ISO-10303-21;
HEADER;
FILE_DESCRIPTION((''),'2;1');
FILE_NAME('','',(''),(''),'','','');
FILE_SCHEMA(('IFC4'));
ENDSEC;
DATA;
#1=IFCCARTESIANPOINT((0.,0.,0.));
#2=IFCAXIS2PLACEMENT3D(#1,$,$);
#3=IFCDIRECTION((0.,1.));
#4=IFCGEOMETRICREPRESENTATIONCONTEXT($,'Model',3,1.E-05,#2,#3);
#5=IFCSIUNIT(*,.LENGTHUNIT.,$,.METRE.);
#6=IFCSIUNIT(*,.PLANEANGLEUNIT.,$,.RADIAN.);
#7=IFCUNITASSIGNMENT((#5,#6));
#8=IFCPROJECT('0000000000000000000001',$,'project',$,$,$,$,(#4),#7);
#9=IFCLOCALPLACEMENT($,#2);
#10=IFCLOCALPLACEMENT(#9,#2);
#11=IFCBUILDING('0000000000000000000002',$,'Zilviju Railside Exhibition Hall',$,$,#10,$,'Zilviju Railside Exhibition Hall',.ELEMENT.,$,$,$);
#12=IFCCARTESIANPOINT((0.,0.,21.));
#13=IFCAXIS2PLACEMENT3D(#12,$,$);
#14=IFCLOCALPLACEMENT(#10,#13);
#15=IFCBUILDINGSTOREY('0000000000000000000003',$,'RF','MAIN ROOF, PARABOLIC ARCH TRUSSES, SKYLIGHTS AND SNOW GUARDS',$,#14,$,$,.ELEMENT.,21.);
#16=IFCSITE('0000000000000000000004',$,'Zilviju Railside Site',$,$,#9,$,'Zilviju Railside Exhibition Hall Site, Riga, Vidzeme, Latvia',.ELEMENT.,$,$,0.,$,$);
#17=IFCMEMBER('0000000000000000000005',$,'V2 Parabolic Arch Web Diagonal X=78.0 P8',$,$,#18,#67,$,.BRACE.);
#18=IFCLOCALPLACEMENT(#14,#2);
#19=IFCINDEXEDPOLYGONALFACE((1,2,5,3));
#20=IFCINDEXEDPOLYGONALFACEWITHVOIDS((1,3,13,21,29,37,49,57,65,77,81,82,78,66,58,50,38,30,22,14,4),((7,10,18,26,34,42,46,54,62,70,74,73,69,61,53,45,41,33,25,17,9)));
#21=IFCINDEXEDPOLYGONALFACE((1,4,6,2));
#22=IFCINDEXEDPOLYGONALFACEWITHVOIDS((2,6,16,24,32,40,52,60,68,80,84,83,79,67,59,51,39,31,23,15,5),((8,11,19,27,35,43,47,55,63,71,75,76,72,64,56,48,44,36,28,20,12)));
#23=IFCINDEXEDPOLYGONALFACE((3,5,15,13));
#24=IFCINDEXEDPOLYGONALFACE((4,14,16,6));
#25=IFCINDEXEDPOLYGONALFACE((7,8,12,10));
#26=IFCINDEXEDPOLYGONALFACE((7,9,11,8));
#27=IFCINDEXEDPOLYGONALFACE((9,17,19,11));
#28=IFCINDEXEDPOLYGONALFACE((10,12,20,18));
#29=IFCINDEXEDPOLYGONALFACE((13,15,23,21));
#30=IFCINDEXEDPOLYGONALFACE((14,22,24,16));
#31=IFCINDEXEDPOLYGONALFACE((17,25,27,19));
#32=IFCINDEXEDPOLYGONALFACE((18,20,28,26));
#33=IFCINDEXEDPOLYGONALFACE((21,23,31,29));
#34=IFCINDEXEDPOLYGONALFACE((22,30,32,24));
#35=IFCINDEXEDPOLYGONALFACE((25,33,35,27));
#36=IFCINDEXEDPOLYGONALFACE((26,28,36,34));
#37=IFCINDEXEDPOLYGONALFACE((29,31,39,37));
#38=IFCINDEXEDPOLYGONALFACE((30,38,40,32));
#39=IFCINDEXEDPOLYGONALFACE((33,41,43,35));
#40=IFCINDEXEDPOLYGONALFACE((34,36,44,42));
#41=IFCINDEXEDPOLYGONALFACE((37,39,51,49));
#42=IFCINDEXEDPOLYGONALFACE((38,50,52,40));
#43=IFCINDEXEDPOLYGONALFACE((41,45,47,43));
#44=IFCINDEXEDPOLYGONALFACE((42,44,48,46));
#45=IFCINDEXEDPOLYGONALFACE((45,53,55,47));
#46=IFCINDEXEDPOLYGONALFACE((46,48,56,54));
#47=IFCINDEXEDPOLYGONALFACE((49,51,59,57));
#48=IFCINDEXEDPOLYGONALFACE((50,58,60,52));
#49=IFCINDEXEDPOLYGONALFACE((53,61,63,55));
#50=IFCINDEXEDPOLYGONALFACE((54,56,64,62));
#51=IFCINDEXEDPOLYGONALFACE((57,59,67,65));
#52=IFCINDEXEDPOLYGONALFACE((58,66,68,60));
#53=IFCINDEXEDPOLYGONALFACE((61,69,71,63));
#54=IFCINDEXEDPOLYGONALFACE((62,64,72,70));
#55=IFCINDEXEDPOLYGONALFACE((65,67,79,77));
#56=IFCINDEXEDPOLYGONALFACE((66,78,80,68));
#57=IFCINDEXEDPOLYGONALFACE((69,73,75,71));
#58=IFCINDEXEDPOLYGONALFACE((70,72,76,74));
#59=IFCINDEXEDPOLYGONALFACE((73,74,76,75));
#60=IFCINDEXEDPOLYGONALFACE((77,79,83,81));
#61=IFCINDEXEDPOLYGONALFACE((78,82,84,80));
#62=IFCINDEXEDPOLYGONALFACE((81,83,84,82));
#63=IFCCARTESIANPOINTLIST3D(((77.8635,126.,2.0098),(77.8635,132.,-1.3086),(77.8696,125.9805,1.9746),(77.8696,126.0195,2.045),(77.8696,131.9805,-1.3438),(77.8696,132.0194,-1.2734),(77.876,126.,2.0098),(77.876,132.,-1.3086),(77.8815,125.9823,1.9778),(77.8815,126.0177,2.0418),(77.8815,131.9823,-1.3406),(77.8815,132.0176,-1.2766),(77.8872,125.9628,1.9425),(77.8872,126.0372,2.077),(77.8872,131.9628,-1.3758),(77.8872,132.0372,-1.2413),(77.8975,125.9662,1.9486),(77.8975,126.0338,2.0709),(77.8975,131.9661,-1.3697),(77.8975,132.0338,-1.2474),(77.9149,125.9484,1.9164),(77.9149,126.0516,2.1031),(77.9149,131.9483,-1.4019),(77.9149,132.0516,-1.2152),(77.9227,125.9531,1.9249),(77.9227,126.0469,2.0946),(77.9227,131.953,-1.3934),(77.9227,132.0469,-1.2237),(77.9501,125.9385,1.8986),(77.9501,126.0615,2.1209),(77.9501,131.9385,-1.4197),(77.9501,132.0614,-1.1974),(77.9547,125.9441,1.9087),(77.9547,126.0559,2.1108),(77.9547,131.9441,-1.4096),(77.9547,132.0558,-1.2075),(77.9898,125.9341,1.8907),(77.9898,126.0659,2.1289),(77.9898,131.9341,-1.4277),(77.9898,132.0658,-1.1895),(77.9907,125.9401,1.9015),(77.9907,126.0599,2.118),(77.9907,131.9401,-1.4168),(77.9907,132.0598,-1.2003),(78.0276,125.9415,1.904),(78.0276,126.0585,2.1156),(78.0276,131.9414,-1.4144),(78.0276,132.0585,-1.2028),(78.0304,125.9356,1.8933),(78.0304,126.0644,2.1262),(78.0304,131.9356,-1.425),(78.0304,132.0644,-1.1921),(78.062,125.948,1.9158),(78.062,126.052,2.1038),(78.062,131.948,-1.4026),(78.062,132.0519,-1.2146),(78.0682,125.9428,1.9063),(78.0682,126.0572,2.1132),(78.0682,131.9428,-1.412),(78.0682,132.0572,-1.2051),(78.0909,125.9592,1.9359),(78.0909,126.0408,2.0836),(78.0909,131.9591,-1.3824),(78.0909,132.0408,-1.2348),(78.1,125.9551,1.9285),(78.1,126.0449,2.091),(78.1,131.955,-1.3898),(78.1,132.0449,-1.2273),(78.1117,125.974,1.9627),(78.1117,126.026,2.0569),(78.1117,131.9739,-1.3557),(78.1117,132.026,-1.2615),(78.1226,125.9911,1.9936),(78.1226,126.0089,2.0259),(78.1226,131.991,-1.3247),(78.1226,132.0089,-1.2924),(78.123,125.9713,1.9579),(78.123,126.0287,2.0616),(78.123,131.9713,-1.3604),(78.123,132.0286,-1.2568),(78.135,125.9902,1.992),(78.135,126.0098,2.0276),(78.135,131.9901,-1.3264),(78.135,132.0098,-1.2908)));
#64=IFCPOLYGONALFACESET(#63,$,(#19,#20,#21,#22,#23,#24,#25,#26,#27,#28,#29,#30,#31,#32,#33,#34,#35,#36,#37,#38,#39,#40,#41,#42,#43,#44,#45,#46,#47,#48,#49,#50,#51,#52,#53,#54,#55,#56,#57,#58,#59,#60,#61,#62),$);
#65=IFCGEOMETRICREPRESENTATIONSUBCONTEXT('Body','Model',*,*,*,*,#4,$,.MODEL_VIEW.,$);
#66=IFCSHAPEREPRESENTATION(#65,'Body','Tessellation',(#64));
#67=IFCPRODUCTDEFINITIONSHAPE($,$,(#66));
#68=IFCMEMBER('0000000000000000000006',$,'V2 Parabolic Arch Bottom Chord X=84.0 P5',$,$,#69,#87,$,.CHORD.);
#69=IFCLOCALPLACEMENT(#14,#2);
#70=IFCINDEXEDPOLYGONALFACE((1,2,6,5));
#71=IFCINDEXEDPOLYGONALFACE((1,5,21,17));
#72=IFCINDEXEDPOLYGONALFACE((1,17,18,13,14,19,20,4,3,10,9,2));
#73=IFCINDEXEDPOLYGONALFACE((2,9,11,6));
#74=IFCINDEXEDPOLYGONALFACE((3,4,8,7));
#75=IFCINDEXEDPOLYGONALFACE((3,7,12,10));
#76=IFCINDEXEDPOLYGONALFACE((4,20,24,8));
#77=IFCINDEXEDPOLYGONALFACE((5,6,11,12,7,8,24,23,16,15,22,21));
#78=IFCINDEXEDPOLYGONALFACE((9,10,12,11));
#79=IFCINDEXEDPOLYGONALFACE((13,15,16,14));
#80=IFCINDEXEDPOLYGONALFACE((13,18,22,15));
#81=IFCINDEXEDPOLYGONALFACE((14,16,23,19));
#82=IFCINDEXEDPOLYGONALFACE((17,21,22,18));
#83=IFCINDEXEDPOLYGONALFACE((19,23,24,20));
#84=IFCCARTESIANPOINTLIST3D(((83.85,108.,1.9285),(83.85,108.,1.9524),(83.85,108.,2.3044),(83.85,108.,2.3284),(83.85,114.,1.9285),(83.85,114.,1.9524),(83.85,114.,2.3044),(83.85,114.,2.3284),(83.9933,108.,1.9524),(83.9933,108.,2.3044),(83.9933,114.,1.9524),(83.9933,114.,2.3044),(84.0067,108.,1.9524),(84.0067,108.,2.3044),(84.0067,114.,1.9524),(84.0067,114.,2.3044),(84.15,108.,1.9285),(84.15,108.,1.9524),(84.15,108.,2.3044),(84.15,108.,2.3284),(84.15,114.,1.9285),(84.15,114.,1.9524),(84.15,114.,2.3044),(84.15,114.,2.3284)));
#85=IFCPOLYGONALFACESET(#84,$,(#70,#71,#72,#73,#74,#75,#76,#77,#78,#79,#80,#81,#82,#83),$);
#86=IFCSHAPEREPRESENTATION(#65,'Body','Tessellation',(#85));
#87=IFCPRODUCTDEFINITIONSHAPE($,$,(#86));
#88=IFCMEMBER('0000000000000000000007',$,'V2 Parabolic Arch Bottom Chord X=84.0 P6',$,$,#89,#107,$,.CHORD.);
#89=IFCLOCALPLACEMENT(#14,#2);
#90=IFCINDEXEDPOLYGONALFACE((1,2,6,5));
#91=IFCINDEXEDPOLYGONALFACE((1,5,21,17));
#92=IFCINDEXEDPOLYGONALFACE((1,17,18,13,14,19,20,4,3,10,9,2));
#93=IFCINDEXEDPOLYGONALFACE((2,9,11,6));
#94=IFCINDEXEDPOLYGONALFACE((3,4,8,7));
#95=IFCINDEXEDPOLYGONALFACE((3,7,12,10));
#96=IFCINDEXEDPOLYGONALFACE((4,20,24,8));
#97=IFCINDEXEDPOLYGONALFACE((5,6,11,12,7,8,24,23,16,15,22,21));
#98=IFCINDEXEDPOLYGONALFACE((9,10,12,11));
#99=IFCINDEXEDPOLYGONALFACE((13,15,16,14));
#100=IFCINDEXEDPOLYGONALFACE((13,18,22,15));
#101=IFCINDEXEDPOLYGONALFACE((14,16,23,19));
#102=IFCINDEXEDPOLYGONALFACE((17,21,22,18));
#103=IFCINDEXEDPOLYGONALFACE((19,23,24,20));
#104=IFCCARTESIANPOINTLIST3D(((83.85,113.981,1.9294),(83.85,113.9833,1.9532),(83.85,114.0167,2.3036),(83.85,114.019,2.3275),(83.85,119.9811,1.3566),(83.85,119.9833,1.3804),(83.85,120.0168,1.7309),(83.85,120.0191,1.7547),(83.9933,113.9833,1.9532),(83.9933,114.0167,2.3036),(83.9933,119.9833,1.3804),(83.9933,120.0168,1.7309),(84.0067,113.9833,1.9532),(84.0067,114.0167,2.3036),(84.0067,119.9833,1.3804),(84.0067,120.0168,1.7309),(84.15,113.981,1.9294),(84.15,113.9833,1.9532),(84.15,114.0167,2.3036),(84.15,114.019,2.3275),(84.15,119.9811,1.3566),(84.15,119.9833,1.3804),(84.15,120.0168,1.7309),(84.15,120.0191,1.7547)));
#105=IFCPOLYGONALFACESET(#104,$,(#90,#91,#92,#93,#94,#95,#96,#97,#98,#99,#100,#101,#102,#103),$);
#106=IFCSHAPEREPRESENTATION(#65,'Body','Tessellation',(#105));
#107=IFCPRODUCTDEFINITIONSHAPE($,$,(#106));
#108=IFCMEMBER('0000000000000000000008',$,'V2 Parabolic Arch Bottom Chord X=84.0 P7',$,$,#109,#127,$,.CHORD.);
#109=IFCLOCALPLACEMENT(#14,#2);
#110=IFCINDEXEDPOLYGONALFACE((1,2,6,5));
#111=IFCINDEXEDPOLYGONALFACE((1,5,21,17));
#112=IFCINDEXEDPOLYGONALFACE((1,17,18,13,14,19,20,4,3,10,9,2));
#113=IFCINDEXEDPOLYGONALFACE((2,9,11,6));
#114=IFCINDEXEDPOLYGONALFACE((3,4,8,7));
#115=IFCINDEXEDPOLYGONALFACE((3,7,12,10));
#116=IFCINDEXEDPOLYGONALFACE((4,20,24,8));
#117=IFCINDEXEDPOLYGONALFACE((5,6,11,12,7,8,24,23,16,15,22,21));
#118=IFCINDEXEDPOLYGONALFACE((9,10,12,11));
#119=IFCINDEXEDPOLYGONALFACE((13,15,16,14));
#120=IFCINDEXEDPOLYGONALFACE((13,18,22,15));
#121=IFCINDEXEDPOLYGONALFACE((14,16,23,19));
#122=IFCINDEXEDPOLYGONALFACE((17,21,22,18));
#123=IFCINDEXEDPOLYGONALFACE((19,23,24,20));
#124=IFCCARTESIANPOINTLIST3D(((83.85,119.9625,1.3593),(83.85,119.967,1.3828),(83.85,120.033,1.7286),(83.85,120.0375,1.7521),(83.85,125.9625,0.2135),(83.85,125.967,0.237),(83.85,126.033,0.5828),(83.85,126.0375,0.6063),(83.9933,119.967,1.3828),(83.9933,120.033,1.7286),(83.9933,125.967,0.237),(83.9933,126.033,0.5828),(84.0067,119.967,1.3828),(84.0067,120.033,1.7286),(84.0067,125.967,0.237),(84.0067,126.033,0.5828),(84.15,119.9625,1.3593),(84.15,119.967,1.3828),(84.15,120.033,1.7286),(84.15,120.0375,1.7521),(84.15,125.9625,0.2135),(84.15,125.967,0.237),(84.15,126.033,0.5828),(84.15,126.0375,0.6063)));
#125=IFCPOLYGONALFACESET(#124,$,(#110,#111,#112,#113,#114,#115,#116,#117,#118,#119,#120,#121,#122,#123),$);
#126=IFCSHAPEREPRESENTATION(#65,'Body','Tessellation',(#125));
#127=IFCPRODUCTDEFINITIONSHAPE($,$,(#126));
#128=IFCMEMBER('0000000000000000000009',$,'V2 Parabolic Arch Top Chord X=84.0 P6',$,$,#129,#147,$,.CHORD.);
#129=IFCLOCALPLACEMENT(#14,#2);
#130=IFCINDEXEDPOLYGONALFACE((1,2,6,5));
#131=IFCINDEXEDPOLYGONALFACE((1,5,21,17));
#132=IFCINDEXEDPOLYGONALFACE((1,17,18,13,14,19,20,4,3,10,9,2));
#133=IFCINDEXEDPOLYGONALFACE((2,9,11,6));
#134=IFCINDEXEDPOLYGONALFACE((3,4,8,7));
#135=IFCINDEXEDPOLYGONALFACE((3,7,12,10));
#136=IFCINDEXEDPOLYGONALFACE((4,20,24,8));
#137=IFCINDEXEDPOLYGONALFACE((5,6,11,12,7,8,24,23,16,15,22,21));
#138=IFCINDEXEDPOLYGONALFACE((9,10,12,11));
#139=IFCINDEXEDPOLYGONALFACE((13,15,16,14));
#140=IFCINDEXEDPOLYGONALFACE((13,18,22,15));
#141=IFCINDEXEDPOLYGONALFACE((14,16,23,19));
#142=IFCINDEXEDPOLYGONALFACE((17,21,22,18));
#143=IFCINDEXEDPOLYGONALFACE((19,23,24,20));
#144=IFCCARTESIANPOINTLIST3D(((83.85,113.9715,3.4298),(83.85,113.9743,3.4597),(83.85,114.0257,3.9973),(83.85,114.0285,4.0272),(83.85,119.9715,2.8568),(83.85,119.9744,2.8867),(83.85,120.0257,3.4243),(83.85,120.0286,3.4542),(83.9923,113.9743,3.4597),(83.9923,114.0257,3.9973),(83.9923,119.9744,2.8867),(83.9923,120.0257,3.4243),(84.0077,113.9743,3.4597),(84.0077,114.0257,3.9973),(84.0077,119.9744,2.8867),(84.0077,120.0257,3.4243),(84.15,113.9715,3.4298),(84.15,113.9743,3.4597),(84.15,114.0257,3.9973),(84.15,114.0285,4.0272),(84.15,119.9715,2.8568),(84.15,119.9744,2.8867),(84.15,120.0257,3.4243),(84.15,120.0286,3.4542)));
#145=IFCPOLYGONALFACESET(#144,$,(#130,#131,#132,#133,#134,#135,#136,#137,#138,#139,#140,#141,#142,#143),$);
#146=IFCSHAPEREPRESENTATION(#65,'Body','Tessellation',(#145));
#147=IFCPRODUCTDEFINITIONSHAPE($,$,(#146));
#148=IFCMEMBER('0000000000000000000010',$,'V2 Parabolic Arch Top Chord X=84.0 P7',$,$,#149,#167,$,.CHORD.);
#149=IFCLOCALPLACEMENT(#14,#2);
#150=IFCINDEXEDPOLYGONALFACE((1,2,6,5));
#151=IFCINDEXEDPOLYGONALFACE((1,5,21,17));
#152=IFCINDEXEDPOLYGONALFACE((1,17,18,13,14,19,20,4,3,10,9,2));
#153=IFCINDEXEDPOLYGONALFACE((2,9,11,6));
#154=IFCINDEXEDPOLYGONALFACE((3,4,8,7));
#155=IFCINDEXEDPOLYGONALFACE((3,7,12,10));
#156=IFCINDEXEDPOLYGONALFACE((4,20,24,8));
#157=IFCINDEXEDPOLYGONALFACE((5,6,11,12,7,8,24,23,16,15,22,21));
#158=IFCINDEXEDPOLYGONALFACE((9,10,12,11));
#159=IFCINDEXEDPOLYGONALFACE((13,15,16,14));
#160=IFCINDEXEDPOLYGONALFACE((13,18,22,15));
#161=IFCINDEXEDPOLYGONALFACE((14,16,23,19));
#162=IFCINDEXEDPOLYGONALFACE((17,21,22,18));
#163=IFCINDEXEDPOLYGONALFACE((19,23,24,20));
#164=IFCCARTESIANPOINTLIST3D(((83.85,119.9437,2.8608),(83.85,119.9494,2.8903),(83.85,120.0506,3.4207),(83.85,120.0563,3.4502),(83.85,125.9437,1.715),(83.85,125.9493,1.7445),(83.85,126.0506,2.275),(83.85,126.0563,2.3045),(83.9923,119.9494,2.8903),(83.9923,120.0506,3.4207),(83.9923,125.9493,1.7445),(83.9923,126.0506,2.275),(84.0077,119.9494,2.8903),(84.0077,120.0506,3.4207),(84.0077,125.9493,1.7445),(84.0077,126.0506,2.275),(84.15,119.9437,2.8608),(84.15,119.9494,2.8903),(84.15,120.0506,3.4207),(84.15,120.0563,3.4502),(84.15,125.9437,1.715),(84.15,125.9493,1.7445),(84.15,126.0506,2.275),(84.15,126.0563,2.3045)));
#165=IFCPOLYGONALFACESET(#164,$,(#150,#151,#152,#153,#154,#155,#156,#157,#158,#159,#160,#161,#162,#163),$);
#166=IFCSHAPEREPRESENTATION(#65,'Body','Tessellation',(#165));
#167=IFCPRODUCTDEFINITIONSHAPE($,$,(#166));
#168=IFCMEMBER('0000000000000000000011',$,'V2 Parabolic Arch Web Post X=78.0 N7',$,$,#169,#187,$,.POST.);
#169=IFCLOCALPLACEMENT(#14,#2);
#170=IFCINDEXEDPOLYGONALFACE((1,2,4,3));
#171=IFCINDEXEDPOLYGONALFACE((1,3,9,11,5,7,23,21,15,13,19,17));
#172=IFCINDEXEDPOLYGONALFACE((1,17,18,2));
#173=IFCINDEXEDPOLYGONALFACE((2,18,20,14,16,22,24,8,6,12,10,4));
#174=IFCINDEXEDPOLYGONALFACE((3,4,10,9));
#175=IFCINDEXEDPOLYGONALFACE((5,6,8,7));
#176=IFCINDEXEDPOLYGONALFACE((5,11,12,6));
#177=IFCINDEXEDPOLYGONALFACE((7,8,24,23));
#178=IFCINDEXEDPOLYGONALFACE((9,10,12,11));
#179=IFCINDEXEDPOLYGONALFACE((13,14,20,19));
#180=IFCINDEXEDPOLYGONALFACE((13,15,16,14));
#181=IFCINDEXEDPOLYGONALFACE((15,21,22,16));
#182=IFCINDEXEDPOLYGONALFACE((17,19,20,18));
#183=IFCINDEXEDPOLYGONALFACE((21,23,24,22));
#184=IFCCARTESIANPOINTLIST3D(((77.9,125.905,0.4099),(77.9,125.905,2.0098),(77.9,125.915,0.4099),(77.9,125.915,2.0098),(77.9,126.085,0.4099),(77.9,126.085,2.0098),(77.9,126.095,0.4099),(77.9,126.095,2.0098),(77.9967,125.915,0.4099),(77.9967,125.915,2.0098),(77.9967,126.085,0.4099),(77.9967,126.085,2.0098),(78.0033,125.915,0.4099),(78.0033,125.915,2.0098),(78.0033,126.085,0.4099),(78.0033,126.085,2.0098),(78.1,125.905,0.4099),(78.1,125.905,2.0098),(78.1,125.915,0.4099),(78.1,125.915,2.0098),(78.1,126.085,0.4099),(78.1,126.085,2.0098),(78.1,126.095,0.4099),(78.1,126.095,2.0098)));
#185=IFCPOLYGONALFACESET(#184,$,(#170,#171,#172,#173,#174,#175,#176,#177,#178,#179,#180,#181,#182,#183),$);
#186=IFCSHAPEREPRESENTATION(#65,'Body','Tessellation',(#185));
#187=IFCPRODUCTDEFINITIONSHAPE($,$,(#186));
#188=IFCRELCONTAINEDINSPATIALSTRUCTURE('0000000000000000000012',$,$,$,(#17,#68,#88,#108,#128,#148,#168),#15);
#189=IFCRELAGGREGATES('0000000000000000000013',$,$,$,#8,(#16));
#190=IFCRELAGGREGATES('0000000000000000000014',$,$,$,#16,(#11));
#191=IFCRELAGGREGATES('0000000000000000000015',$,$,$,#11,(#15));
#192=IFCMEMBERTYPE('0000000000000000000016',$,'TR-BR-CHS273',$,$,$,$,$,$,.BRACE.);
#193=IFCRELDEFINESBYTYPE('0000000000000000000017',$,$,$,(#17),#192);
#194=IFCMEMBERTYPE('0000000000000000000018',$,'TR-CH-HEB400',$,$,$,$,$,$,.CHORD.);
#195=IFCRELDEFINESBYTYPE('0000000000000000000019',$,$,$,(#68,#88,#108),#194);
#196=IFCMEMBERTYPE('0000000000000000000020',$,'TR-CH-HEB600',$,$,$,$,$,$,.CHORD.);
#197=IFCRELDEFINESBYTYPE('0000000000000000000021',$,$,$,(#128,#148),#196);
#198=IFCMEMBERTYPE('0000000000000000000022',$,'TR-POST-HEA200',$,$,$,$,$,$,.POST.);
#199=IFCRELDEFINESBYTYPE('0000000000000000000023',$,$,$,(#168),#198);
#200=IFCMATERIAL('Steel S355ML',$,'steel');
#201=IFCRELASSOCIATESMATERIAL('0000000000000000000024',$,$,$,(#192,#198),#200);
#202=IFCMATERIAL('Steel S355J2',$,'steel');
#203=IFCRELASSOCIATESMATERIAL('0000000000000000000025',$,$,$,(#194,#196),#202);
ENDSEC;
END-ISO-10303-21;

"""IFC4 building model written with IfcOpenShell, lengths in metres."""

from ifc_helpers import new_model, si_unit, direction, frame, origin, origin_2d, place, context, subcontext, project, spatial, hollow_circle, i_section, extrude, material, material_profile, profile_set, type_object, element, save


model = new_model("IFC4")

# Units and contexts
model_context = context("Model", 3, precision=1e-05, world=origin(), true_north=direction((0.0, 1.0)))
body_context = subcontext(model_context, "Body", "Model", "MODEL_VIEW")
ifc_project = project(units=[si_unit("LENGTHUNIT", "METRE"), si_unit("PLANEANGLEUNIT", "RADIAN")], contexts=[model_context])

# Site, building, storey
site_placement = place(None, origin())
site = spatial("IfcSite", under=ifc_project, at=site_placement, Name="Zilviju Railside Site", LongName="Zilviju Railside Exhibition Hall Site, Riga, Vidzeme, Latvia", CompositionType="ELEMENT", RefElevation=0.0)
building_placement = place(site_placement, origin())
building = spatial("IfcBuilding", under=site, at=building_placement, Name="Zilviju Railside Exhibition Hall", LongName="Zilviju Railside Exhibition Hall", CompositionType="ELEMENT")
storey_placement = place(building_placement, frame((0.0, 0.0, 21.0)))
storey = spatial("IfcBuildingStorey", under=building, at=storey_placement, Name="RF", Description="MAIN ROOF, PARABOLIC ARCH TRUSSES, SKYLIGHTS AND SNOW GUARDS", CompositionType="ELEMENT", Elevation=21.0)

# Members
ifc_material_1 = material(Name="Steel S355J2", Category="steel")
ifc_material_2 = material(Name="Steel S355ML", Category="steel")
ifc_material_profile_1 = material_profile(ifc_material_2, hollow_circle(Radius=0.1365, WallThickness=0.0125, at=origin_2d()), Name="CHS 273.0x12.5")
ifc_profile_set_1 = profile_set([ifc_material_profile_1], Name="Steel S355ML")
member_type_1 = type_object("IfcMemberType", Name="TR-BR-CHS273", PredefinedType="BRACE", material=ifc_profile_set_1)
member_1_placement = place(storey_placement, frame((78.0, 126.0, 2.0098), z_axis=(0.0, 0.875083, -0.483973), x_axis=(-1.0, 0.0, 0.0)))
element("IfcMember", 1, at=member_1_placement, inside=storey, type_object=member_type_1, Name="V2 Parabolic Arch Web Diagonal X=78.0 P8", PredefinedType="BRACE", context=body_context, shape_type="SweptSolid", body=[
    extrude(hollow_circle(Radius=0.1365, WallThickness=0.0125, at=origin_2d()), origin(), (0.0, 0.0, 1.0), 6.8564),
])
ifc_material_profile_2 = material_profile(ifc_material_1, i_section(OverallWidth=0.3, OverallDepth=0.3999, WebThickness=0.0134, FlangeThickness=0.0239, at=origin_2d()), Name="HEB 400")
ifc_profile_set_2 = profile_set([ifc_material_profile_2], Name="Steel S355J2")
member_type_2 = type_object("IfcMemberType", Name="TR-CH-HEB400", PredefinedType="CHORD", material=ifc_profile_set_2)
member_2_placement = place(storey_placement, frame((84.0, 108.0, 2.1284), z_axis=(0.0, 1.0, 0.0), x_axis=(-1.0, 0.0, 0.0)))
element("IfcMember", 2, at=member_2_placement, inside=storey, type_object=member_type_2, Name="V2 Parabolic Arch Bottom Chord X=84.0 P5", PredefinedType="CHORD", context=body_context, shape_type="SweptSolid", body=[
    extrude(i_section(OverallWidth=0.3, OverallDepth=0.3999, WebThickness=0.0134, FlangeThickness=0.0239, at=origin_2d()), origin(), (0.0, 0.0, 1.0), 6.0),
])
member_3_placement = place(storey_placement, frame((84.0, 114.0, 2.1284), z_axis=(0.0, 0.995475, -0.095027), x_axis=(-1.0, 0.0, 0.0)))
element("IfcMember", 3, at=member_3_placement, inside=storey, type_object=member_type_2, Name="V2 Parabolic Arch Bottom Chord X=84.0 P6", PredefinedType="CHORD", context=body_context, shape_type="SweptSolid", body=[
    extrude(i_section(OverallWidth=0.3, OverallDepth=0.3999, WebThickness=0.0134, FlangeThickness=0.0239, at=origin_2d()), origin(), (0.0, 0.0, 1.0), 6.0273),
])
member_4_placement = place(storey_placement, frame((84.0, 120.0, 1.5557), z_axis=(0.0, 0.982251, -0.187569), x_axis=(-1.0, 0.0, 0.0)))
element("IfcMember", 4, at=member_4_placement, inside=storey, type_object=member_type_2, Name="V2 Parabolic Arch Bottom Chord X=84.0 P7", PredefinedType="CHORD", context=body_context, shape_type="SweptSolid", body=[
    extrude(i_section(OverallWidth=0.3, OverallDepth=0.3999, WebThickness=0.0134, FlangeThickness=0.0239, at=origin_2d()), origin(), (0.0, 0.0, 1.0), 6.1084),
])
ifc_material_profile_3 = material_profile(ifc_material_1, i_section(OverallWidth=0.3, OverallDepth=0.6001, WebThickness=0.0154, FlangeThickness=0.03, at=origin_2d()), Name="HEB 600")
ifc_profile_set_3 = profile_set([ifc_material_profile_3], Name="Steel S355J2")
member_type_3 = type_object("IfcMemberType", Name="TR-CH-HEB600", PredefinedType="CHORD", material=ifc_profile_set_3)
member_5_placement = place(storey_placement, frame((84.0, 114.0, 3.7285), z_axis=(0.0, 0.995471, -0.095067), x_axis=(-1.0, 0.0, 0.0)))
element("IfcMember", 5, at=member_5_placement, inside=storey, type_object=member_type_3, Name="V2 Parabolic Arch Top Chord X=84.0 P6", PredefinedType="CHORD", context=body_context, shape_type="SweptSolid", body=[
    extrude(i_section(OverallWidth=0.3, OverallDepth=0.6001, WebThickness=0.0154, FlangeThickness=0.03, at=origin_2d()), origin(), (0.0, 0.0, 1.0), 6.0273),
])
member_6_placement = place(storey_placement, frame((84.0, 120.0, 3.1555), z_axis=(0.0, 0.982251, -0.187569), x_axis=(-1.0, 0.0, 0.0)))
element("IfcMember", 6, at=member_6_placement, inside=storey, type_object=member_type_3, Name="V2 Parabolic Arch Top Chord X=84.0 P7", PredefinedType="CHORD", context=body_context, shape_type="SweptSolid", body=[
    extrude(i_section(OverallWidth=0.3, OverallDepth=0.6001, WebThickness=0.0154, FlangeThickness=0.03, at=origin_2d()), origin(), (0.0, 0.0, 1.0), 6.1084),
])
ifc_material_profile_4 = material_profile(ifc_material_2, i_section(OverallWidth=0.2, OverallDepth=0.1899, WebThickness=0.0066, FlangeThickness=0.01, at=origin_2d()), Name="HEA 200")
ifc_profile_set_4 = profile_set([ifc_material_profile_4], Name="Steel S355ML")
member_type_4 = type_object("IfcMemberType", Name="TR-POST-HEA200", PredefinedType="POST", material=ifc_profile_set_4)
member_7_placement = place(storey_placement, frame((78.0, 126.0, 0.4099), z_axis=(0.0, 0.0, 1.0), x_axis=(1.0, 0.0, 0.0)))
element("IfcMember", 7, at=member_7_placement, inside=storey, type_object=member_type_4, Name="V2 Parabolic Arch Web Post X=78.0 N7", PredefinedType="POST", context=body_context, shape_type="SweptSolid", body=[
    extrude(i_section(OverallWidth=0.2, OverallDepth=0.1899, WebThickness=0.0066, FlangeThickness=0.01, at=origin_2d()), origin(), (0.0, 0.0, 1.0), 1.5999),
])

save(model, "model.ifc")
